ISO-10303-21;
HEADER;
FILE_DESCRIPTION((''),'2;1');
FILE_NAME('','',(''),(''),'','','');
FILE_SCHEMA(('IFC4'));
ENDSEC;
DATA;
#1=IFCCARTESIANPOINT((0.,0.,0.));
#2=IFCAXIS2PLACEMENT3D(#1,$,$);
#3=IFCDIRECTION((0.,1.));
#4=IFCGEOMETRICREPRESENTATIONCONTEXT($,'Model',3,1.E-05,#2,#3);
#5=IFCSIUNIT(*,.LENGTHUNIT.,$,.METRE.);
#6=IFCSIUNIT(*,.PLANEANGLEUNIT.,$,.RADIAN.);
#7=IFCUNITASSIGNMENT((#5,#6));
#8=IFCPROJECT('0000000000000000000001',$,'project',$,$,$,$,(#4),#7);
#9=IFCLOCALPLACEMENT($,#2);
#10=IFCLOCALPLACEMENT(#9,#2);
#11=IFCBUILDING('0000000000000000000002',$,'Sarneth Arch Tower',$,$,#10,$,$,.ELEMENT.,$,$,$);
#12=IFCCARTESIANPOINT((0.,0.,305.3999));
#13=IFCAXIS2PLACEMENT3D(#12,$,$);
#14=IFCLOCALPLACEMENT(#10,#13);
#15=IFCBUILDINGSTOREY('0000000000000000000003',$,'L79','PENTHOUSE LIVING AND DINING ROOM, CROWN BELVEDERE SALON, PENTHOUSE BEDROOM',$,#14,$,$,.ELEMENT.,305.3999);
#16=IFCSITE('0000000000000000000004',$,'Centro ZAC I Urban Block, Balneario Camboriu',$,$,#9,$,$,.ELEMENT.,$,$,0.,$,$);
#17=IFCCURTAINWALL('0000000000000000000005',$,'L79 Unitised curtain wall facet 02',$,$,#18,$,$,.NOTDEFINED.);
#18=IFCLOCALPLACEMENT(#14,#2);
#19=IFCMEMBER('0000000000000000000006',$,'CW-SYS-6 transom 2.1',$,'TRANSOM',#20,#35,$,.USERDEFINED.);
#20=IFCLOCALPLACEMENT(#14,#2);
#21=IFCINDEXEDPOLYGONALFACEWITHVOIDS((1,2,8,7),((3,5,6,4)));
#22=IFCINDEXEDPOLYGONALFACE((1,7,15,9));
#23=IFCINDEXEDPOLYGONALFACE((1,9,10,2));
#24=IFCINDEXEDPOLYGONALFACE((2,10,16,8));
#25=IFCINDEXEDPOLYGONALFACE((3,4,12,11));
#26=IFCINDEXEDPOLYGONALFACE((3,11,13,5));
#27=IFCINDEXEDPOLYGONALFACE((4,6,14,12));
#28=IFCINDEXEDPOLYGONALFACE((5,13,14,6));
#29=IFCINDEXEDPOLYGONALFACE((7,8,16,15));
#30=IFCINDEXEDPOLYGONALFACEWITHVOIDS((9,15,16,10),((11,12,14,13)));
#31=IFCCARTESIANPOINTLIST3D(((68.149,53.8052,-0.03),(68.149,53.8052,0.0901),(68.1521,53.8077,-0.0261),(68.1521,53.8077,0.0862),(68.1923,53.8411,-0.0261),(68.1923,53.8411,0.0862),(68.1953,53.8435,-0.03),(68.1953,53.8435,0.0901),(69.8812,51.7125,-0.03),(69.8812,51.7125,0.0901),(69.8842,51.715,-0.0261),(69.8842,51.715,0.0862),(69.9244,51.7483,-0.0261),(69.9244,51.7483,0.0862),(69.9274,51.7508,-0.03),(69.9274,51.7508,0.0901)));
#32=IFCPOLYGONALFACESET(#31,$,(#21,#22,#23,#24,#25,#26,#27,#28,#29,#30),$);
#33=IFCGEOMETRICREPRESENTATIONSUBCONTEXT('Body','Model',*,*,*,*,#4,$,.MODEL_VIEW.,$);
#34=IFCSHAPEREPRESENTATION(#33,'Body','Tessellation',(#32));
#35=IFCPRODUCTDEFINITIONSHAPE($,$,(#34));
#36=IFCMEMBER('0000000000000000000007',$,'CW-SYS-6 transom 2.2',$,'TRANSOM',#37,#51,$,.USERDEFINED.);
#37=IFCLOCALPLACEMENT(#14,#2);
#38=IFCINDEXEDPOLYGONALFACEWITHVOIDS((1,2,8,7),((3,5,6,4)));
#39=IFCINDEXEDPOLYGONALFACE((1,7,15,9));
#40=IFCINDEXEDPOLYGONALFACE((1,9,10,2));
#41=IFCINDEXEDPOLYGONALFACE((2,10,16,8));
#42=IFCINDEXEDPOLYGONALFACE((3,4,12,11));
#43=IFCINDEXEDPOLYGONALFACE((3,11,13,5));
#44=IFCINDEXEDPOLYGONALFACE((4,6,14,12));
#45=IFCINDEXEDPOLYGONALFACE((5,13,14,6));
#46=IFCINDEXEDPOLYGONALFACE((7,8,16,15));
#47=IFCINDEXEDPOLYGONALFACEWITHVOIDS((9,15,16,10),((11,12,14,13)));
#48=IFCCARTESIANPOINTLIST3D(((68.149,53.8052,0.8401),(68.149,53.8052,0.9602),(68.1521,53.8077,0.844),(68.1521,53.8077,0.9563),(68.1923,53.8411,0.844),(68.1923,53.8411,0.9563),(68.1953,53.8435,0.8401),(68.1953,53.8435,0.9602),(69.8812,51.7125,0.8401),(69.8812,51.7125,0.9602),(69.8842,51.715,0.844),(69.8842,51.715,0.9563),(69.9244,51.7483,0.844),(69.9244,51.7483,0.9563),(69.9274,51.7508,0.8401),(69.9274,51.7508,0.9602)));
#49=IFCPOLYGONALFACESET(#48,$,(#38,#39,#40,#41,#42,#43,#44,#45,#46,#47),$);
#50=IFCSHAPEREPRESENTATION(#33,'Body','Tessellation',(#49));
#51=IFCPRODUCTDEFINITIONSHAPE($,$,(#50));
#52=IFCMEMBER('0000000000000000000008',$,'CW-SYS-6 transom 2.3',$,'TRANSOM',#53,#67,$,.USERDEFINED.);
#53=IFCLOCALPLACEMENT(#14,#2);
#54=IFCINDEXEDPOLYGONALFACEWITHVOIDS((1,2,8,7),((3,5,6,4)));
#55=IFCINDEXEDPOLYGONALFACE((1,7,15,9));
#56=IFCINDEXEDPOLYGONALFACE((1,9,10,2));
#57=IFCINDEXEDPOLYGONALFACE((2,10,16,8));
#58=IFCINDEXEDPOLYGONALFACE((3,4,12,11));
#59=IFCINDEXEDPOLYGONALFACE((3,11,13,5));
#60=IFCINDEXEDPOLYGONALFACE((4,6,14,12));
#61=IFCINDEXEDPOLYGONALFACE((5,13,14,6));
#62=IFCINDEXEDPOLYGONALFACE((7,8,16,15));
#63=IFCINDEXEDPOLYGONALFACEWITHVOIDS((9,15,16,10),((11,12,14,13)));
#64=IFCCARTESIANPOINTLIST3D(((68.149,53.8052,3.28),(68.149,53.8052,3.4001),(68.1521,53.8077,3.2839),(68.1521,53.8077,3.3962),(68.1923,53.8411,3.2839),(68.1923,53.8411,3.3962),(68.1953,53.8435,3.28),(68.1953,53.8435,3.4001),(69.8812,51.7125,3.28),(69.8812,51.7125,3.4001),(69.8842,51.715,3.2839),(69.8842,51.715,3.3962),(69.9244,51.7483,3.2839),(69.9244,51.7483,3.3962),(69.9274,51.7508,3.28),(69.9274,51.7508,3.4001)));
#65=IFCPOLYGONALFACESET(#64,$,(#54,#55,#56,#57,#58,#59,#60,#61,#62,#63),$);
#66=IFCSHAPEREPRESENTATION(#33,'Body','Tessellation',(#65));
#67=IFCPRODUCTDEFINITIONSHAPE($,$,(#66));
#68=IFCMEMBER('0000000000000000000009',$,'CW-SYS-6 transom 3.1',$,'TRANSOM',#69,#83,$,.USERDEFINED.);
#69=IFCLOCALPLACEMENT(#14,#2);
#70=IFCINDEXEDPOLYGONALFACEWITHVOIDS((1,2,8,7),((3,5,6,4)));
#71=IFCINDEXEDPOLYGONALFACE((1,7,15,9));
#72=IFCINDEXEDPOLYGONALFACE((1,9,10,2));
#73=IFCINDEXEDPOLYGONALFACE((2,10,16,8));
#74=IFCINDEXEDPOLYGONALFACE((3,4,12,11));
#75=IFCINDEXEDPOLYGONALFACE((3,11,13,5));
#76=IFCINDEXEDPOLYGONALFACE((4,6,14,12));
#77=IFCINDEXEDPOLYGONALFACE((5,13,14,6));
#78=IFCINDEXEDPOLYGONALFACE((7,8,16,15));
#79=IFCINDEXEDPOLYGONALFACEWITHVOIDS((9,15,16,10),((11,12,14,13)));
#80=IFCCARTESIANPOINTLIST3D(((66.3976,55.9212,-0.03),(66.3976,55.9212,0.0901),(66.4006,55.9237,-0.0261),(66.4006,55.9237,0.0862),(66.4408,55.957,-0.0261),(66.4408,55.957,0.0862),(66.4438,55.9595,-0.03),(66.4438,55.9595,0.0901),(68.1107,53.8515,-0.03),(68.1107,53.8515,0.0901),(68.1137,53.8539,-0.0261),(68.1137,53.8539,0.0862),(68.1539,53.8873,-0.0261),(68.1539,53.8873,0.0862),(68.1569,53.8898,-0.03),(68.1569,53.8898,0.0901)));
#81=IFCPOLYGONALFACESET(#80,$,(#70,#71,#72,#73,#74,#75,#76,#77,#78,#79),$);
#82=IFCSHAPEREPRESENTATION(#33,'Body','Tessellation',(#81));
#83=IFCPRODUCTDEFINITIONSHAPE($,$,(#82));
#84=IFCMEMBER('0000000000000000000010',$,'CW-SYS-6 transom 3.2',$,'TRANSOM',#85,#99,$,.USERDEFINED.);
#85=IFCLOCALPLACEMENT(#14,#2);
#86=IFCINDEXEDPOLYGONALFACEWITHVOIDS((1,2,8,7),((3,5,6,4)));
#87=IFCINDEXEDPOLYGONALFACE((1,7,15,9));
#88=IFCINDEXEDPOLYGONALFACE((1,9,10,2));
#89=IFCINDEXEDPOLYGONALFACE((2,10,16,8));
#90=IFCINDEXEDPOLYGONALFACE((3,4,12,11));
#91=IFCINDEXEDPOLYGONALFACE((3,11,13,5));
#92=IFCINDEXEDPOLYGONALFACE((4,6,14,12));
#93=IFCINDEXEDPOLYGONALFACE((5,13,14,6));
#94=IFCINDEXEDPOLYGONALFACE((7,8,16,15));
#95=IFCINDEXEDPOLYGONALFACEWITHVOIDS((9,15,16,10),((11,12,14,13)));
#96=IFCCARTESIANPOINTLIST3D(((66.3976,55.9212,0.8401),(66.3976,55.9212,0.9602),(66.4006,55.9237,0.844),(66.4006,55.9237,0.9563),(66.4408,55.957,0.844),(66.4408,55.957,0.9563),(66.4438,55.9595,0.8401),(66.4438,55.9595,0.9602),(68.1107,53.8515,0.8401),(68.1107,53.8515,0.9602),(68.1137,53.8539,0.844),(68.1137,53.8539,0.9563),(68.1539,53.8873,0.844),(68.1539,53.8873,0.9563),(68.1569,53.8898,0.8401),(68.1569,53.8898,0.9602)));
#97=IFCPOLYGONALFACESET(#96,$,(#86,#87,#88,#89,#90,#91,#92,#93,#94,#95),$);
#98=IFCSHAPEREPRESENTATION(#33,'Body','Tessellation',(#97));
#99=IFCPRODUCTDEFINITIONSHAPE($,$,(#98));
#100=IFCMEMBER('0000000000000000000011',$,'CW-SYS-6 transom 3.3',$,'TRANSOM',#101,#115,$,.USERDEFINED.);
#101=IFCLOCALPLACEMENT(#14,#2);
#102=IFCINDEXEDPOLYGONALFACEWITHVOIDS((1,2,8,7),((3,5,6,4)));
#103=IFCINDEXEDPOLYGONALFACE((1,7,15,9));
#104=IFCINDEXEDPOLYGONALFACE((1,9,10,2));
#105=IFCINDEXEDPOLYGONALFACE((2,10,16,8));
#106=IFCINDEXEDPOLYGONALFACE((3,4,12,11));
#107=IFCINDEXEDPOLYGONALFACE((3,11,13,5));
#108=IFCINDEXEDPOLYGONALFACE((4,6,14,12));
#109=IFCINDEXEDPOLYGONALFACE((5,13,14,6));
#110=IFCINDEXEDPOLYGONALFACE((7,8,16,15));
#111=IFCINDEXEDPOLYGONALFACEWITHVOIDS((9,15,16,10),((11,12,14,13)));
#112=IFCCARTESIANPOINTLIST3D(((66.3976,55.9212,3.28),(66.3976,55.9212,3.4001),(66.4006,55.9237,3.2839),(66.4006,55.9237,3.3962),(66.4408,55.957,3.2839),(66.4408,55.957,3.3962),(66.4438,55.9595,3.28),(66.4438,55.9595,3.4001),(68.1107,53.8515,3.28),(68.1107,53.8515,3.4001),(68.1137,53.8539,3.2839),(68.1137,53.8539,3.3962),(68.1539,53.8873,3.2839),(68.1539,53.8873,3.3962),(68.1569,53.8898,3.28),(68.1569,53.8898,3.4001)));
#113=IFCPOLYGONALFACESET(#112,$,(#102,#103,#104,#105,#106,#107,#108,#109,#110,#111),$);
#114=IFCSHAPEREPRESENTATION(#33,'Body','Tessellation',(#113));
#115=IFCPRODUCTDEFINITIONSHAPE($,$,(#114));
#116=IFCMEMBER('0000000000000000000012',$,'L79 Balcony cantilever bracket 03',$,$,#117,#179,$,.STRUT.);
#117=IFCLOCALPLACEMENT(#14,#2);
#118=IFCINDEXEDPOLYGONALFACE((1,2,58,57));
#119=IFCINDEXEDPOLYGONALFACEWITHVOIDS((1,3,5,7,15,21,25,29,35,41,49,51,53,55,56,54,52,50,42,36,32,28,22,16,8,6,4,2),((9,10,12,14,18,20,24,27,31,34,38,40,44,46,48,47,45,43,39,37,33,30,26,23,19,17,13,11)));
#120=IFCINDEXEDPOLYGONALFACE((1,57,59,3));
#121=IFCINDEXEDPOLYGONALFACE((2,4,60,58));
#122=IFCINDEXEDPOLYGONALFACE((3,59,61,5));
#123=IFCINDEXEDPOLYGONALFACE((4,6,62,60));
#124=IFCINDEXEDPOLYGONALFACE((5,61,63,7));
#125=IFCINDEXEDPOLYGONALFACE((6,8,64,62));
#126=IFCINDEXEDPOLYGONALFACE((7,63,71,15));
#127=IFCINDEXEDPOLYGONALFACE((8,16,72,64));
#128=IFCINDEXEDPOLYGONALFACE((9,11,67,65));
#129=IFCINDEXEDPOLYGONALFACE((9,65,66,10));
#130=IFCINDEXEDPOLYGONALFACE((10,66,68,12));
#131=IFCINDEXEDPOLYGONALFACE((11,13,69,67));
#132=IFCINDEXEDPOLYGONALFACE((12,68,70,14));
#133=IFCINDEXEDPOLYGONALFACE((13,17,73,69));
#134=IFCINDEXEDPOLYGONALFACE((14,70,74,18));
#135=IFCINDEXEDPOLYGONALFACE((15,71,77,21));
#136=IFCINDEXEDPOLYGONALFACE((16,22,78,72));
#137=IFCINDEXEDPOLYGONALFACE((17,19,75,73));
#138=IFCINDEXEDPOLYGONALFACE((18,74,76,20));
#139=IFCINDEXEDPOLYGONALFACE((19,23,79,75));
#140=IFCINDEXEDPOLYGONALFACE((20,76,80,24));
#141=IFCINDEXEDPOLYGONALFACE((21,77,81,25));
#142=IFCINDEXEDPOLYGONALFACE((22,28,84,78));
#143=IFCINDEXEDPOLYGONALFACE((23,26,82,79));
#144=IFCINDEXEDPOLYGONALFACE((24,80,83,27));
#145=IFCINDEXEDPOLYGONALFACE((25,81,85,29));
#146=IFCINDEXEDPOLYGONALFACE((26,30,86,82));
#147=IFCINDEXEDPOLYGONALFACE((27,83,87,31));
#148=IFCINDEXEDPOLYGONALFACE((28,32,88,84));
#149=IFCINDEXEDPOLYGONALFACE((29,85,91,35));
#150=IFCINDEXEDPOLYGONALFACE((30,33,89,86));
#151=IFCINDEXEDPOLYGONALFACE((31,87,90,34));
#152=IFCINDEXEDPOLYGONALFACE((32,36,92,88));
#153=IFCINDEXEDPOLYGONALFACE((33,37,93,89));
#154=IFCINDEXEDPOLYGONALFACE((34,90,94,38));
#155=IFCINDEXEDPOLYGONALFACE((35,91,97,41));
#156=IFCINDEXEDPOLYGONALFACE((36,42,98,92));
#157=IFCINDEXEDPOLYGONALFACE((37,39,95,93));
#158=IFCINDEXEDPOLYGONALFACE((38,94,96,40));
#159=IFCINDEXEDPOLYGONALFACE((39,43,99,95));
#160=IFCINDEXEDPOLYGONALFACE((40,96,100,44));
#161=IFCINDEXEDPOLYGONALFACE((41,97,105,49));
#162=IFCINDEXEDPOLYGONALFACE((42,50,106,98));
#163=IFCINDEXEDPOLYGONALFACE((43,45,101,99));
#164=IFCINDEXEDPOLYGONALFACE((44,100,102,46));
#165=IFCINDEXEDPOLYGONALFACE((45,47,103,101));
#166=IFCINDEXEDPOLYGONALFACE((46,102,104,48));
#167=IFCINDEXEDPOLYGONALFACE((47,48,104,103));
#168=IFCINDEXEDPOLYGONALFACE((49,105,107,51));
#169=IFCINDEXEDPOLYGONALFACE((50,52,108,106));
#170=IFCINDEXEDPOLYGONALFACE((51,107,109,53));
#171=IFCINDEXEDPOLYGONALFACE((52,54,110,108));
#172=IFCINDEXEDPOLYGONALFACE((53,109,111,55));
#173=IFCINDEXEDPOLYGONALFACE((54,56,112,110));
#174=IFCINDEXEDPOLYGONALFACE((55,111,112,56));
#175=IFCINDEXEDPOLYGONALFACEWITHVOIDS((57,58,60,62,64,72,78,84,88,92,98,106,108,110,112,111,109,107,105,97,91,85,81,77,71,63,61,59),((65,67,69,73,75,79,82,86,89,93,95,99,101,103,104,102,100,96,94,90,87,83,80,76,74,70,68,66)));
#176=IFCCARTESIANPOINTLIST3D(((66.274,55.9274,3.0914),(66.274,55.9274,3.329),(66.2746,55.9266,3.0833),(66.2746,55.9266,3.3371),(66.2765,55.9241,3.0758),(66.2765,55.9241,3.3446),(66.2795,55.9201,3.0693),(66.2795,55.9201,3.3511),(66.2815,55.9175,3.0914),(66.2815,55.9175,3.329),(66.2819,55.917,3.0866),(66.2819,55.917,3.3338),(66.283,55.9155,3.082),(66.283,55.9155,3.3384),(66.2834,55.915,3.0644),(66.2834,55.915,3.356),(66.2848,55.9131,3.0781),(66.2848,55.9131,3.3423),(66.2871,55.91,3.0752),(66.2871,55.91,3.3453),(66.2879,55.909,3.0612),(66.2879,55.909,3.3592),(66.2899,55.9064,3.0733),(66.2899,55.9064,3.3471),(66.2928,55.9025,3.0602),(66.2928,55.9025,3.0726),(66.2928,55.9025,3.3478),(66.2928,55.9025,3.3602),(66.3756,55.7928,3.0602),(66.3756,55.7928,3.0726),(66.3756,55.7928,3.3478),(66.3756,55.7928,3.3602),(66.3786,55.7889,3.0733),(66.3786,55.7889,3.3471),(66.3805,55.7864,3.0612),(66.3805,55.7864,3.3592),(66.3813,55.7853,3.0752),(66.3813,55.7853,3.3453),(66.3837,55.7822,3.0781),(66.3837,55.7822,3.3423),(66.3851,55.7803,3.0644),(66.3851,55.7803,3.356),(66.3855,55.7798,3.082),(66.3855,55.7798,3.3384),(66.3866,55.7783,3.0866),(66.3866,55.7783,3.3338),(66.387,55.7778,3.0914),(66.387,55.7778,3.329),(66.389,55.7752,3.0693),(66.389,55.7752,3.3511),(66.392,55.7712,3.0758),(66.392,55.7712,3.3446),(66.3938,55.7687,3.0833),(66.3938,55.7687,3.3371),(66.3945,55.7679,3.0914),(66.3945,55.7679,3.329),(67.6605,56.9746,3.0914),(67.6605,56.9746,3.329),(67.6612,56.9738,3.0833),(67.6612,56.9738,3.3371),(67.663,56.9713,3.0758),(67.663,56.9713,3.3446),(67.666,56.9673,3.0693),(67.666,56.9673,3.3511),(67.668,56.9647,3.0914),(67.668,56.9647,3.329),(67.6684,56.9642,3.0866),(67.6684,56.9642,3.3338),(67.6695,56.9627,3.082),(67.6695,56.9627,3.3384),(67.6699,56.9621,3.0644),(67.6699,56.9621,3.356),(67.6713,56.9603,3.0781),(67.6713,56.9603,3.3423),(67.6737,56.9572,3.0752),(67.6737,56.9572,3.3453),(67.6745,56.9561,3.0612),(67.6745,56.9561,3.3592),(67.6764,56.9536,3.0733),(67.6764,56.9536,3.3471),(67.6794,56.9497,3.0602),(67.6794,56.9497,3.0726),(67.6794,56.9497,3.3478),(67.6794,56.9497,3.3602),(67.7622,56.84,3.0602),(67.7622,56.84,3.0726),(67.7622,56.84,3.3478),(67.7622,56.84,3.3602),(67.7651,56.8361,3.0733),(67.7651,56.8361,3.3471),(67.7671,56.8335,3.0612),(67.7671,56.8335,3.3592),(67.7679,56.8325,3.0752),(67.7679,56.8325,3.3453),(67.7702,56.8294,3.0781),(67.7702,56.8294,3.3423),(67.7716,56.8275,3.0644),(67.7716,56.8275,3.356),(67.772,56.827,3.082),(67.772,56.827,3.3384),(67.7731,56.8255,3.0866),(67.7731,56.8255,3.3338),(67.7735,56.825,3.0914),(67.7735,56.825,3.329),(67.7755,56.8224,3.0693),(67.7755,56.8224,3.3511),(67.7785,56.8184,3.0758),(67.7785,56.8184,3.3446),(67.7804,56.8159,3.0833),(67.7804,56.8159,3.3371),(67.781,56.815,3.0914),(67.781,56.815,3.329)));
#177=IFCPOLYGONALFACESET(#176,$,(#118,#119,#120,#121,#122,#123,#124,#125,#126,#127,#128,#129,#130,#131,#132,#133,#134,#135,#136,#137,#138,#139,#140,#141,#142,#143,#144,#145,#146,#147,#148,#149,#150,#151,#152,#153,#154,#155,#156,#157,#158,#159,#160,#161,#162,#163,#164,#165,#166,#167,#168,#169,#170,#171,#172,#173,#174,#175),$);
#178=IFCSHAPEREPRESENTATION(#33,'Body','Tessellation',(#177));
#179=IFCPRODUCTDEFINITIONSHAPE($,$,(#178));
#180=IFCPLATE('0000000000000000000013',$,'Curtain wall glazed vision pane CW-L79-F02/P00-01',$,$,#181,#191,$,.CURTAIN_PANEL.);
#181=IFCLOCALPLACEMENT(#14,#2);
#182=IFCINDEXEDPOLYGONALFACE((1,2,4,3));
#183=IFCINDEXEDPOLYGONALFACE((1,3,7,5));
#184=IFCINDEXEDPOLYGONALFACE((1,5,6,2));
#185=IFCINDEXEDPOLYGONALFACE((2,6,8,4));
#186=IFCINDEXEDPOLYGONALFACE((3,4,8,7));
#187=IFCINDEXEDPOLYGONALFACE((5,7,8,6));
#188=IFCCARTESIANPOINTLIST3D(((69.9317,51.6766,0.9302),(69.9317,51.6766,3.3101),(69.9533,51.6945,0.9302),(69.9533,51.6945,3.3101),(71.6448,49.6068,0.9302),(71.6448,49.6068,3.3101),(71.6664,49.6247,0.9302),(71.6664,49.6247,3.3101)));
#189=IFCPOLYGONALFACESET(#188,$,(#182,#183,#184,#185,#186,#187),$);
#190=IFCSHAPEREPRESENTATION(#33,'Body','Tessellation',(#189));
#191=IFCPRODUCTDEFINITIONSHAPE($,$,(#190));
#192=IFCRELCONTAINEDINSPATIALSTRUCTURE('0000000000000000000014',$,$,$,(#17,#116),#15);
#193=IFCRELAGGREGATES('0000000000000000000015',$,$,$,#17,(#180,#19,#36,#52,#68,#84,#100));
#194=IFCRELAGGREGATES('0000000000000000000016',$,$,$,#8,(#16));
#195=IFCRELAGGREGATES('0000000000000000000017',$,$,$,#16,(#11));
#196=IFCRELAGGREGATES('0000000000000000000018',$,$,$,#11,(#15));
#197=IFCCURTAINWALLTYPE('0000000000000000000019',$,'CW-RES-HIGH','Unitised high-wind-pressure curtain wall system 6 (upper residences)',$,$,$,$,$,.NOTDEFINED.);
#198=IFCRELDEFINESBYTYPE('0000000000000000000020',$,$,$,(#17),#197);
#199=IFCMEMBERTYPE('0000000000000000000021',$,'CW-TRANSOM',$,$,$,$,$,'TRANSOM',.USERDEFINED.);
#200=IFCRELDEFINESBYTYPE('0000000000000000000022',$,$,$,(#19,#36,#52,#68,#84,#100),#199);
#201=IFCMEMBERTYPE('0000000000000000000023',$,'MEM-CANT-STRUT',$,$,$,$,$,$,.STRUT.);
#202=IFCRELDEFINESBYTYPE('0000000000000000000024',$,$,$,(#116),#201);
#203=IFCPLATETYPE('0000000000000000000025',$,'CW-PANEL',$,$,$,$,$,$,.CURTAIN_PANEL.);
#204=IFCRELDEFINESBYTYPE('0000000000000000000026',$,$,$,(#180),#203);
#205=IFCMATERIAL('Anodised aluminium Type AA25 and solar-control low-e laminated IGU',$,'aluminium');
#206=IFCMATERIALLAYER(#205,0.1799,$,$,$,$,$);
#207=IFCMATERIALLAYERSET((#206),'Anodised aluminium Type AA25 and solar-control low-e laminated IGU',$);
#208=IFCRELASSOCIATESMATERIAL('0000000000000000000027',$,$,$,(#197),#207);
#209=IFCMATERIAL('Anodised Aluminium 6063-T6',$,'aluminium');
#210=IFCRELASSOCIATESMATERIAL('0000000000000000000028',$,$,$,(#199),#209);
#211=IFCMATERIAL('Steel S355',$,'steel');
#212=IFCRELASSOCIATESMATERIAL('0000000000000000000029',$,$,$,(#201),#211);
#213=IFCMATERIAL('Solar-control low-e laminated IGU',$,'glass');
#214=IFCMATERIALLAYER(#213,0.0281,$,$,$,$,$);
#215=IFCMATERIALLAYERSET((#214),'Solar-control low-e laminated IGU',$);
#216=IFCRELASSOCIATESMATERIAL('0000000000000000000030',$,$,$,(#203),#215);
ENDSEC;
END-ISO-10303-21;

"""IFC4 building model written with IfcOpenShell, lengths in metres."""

from ifc_helpers import new_model, si_unit, direction, frame, origin, origin_2d, place, context, subcontext, project, spatial, rectangle, hollow_rectangle, extrude, material, layer, layer_set, material_profile, profile_set, type_object, element, aggregate, save


model = new_model("IFC4")

# Units and contexts
model_context = context("Model", 3, precision=1e-05, world=origin(), true_north=direction((0.0, 1.0)))
body_context = subcontext(model_context, "Body", "Model", "MODEL_VIEW")
ifc_project = project(units=[si_unit("LENGTHUNIT", "METRE"), si_unit("PLANEANGLEUNIT", "RADIAN")], contexts=[model_context])

# Site, building, storey
site_placement = place(None, origin())
site = spatial("IfcSite", under=ifc_project, at=site_placement, Name="Centro ZAC I Urban Block, Balneario Camboriu", CompositionType="ELEMENT", RefElevation=0.0)
building_placement = place(site_placement, origin())
building = spatial("IfcBuilding", under=site, at=building_placement, Name="Sarneth Arch Tower", CompositionType="ELEMENT")
storey_placement = place(building_placement, frame((0.0, 0.0, 305.3999)))
storey = spatial("IfcBuildingStorey", under=building, at=storey_placement, Name="L79", Description="PENTHOUSE LIVING AND DINING ROOM, CROWN BELVEDERE SALON, PENTHOUSE BEDROOM", CompositionType="ELEMENT", Elevation=305.3999)

# Curtain wall, members
ifc_material_1 = material(Name="Anodised aluminium Type AA25 and solar-control low-e laminated IGU", Category="aluminium")
ifc_layer_1 = layer(ifc_material_1, 0.1799)
ifc_layer_set_1 = layer_set([ifc_layer_1], Name="Anodised aluminium Type AA25 and solar-control low-e laminated IGU")
curtain_wall_type = type_object("IfcCurtainWallType", Name="CW-RES-HIGH", Description="Unitised high-wind-pressure curtain wall system 6 (upper residences)", PredefinedType="NOTDEFINED", material=ifc_layer_set_1)
curtain_wall_placement = place(storey_placement, origin())
curtain_wall = element("IfcCurtainWall", 1, at=curtain_wall_placement, inside=storey, type_object=curtain_wall_type, Name="L79 Unitised curtain wall facet 02", PredefinedType="NOTDEFINED")
ifc_material_2 = material(Name="Anodised Aluminium 6063-T6", Category="aluminium")
ifc_material_profile_1 = material_profile(ifc_material_2, hollow_rectangle(XDim=0.0601, YDim=0.1201, WallThickness=0.0039, at=origin_2d()), Name="AL-TRAN-120x60x4")
ifc_profile_set_1 = profile_set([ifc_material_profile_1], Name="Anodised Aluminium 6063-T6")
member_type_1 = type_object("IfcMemberType", Name="CW-TRANSOM", ElementType="TRANSOM", PredefinedType="USERDEFINED", material=ifc_profile_set_1)
member_1_placement = place(storey_placement, frame((69.9043, 51.7317, 0.03), z_axis=(-0.637617, 0.770353, 0.0), x_axis=(-0.770353, -0.637617, 0.0)))
member_1 = element("IfcMember", 2, at=member_1_placement, type_object=member_type_1, Name="CW-SYS-6 transom 2.1", ObjectType="TRANSOM", PredefinedType="USERDEFINED", context=body_context, shape_type="SweptSolid", body=[
    extrude(hollow_rectangle(XDim=0.0601, YDim=0.1201, WallThickness=0.0039, at=origin_2d()), origin(), (0.0, 0.0, 1.0), 2.7166),
])
member_2_placement = place(storey_placement, frame((69.9043, 51.7317, 0.9001), z_axis=(-0.637617, 0.770353, 0.0), x_axis=(-0.770353, -0.637617, 0.0)))
member_2 = element("IfcMember", 3, at=member_2_placement, type_object=member_type_1, Name="CW-SYS-6 transom 2.2", ObjectType="TRANSOM", PredefinedType="USERDEFINED", context=body_context, shape_type="SweptSolid", body=[
    extrude(hollow_rectangle(XDim=0.0601, YDim=0.1201, WallThickness=0.0039, at=origin_2d()), origin(), (0.0, 0.0, 1.0), 2.7166),
])
member_3_placement = place(storey_placement, frame((69.9043, 51.7317, 3.3401), z_axis=(-0.637617, 0.770353, 0.0), x_axis=(-0.770353, -0.637617, 0.0)))
member_3 = element("IfcMember", 4, at=member_3_placement, type_object=member_type_1, Name="CW-SYS-6 transom 2.3", ObjectType="TRANSOM", PredefinedType="USERDEFINED", context=body_context, shape_type="SweptSolid", body=[
    extrude(hollow_rectangle(XDim=0.0601, YDim=0.1201, WallThickness=0.0039, at=origin_2d()), origin(), (0.0, 0.0, 1.0), 2.7166),
])
member_4_placement = place(storey_placement, frame((68.1338, 53.8706, 0.03), z_axis=(-0.637607, 0.770362, 0.0), x_axis=(-0.770362, -0.637607, 0.0)))
member_4 = element("IfcMember", 5, at=member_4_placement, type_object=member_type_1, Name="CW-SYS-6 transom 3.1", ObjectType="TRANSOM", PredefinedType="USERDEFINED", context=body_context, shape_type="SweptSolid", body=[
    extrude(hollow_rectangle(XDim=0.0601, YDim=0.1201, WallThickness=0.0039, at=origin_2d()), origin(), (0.0, 0.0, 1.0), 2.6868),
])
member_5_placement = place(storey_placement, frame((68.1338, 53.8706, 0.9001), z_axis=(-0.637607, 0.770362, 0.0), x_axis=(-0.770362, -0.637607, 0.0)))
member_5 = element("IfcMember", 6, at=member_5_placement, type_object=member_type_1, Name="CW-SYS-6 transom 3.2", ObjectType="TRANSOM", PredefinedType="USERDEFINED", context=body_context, shape_type="SweptSolid", body=[
    extrude(hollow_rectangle(XDim=0.0601, YDim=0.1201, WallThickness=0.0039, at=origin_2d()), origin(), (0.0, 0.0, 1.0), 2.6868),
])
member_6_placement = place(storey_placement, frame((68.1338, 53.8706, 3.3401), z_axis=(-0.637607, 0.770362, 0.0), x_axis=(-0.770362, -0.637607, 0.0)))
member_6 = element("IfcMember", 7, at=member_6_placement, type_object=member_type_1, Name="CW-SYS-6 transom 3.3", ObjectType="TRANSOM", PredefinedType="USERDEFINED", context=body_context, shape_type="SweptSolid", body=[
    extrude(hollow_rectangle(XDim=0.0601, YDim=0.1201, WallThickness=0.0039, at=origin_2d()), origin(), (0.0, 0.0, 1.0), 2.6868),
])

# Member
ifc_material_3 = material(Name="Steel S355", Category="steel")
ifc_material_profile_2 = material_profile(ifc_material_3, hollow_rectangle(XDim=0.2, YDim=0.3, WallThickness=0.0125, InnerFilletRadius=0.0188, OuterFilletRadius=0.0312, at=origin_2d()), Name="RHS300x200x12.5")
ifc_profile_set_2 = profile_set([ifc_material_profile_2], Name="Steel S355")
member_type_2 = type_object("IfcMemberType", Name="MEM-CANT-STRUT", PredefinedType="STRUT", material=ifc_profile_set_2)
member_7_placement = place(storey_placement, frame((66.3342, 55.8477, 3.2102), z_axis=(0.797989, 0.602672, 0.0), x_axis=(-0.602672, 0.797989, 0.0)))
element("IfcMember", 8, at=member_7_placement, inside=storey, type_object=member_type_2, Name="L79 Balcony cantilever bracket 03", PredefinedType="STRUT", context=body_context, shape_type="SweptSolid", body=[
    extrude(hollow_rectangle(XDim=0.2, YDim=0.3, WallThickness=0.0125, InnerFilletRadius=0.0188, OuterFilletRadius=0.0312, at=origin_2d()), origin(), (0.0, 0.0, 1.0), 1.7375),
])

# Plate
ifc_material_4 = material(Name="Solar-control low-e laminated IGU", Category="glass")
ifc_layer_2 = layer(ifc_material_4, 0.0281)
ifc_layer_set_2 = layer_set([ifc_layer_2], Name="Solar-control low-e laminated IGU")
plate_type_1 = type_object("IfcPlateType", Name="CW-PANEL", PredefinedType="CURTAIN_PANEL", material=ifc_layer_set_2)
plate_1_placement = place(storey_placement, frame((70.7991, 50.6506, 0.9302), z_axis=(0.0, 0.0, 1.0), x_axis=(-0.63761, 0.770359, 0.0)))
plate_1 = element("IfcPlate", 9, at=plate_1_placement, type_object=plate_type_1, Name="Curtain wall glazed vision pane CW-L79-F02/P00-01", PredefinedType="CURTAIN_PANEL", context=body_context, shape_type="SweptSolid", body=[
    extrude(rectangle(XDim=2.6868, YDim=0.0281, at=origin_2d()), origin(), (0.0, 0.0, 1.0), 2.3799),
])
aggregate(curtain_wall, [plate_1, member_1, member_2, member_3, member_4, member_5, member_6])

save(model, "model.ifc")
